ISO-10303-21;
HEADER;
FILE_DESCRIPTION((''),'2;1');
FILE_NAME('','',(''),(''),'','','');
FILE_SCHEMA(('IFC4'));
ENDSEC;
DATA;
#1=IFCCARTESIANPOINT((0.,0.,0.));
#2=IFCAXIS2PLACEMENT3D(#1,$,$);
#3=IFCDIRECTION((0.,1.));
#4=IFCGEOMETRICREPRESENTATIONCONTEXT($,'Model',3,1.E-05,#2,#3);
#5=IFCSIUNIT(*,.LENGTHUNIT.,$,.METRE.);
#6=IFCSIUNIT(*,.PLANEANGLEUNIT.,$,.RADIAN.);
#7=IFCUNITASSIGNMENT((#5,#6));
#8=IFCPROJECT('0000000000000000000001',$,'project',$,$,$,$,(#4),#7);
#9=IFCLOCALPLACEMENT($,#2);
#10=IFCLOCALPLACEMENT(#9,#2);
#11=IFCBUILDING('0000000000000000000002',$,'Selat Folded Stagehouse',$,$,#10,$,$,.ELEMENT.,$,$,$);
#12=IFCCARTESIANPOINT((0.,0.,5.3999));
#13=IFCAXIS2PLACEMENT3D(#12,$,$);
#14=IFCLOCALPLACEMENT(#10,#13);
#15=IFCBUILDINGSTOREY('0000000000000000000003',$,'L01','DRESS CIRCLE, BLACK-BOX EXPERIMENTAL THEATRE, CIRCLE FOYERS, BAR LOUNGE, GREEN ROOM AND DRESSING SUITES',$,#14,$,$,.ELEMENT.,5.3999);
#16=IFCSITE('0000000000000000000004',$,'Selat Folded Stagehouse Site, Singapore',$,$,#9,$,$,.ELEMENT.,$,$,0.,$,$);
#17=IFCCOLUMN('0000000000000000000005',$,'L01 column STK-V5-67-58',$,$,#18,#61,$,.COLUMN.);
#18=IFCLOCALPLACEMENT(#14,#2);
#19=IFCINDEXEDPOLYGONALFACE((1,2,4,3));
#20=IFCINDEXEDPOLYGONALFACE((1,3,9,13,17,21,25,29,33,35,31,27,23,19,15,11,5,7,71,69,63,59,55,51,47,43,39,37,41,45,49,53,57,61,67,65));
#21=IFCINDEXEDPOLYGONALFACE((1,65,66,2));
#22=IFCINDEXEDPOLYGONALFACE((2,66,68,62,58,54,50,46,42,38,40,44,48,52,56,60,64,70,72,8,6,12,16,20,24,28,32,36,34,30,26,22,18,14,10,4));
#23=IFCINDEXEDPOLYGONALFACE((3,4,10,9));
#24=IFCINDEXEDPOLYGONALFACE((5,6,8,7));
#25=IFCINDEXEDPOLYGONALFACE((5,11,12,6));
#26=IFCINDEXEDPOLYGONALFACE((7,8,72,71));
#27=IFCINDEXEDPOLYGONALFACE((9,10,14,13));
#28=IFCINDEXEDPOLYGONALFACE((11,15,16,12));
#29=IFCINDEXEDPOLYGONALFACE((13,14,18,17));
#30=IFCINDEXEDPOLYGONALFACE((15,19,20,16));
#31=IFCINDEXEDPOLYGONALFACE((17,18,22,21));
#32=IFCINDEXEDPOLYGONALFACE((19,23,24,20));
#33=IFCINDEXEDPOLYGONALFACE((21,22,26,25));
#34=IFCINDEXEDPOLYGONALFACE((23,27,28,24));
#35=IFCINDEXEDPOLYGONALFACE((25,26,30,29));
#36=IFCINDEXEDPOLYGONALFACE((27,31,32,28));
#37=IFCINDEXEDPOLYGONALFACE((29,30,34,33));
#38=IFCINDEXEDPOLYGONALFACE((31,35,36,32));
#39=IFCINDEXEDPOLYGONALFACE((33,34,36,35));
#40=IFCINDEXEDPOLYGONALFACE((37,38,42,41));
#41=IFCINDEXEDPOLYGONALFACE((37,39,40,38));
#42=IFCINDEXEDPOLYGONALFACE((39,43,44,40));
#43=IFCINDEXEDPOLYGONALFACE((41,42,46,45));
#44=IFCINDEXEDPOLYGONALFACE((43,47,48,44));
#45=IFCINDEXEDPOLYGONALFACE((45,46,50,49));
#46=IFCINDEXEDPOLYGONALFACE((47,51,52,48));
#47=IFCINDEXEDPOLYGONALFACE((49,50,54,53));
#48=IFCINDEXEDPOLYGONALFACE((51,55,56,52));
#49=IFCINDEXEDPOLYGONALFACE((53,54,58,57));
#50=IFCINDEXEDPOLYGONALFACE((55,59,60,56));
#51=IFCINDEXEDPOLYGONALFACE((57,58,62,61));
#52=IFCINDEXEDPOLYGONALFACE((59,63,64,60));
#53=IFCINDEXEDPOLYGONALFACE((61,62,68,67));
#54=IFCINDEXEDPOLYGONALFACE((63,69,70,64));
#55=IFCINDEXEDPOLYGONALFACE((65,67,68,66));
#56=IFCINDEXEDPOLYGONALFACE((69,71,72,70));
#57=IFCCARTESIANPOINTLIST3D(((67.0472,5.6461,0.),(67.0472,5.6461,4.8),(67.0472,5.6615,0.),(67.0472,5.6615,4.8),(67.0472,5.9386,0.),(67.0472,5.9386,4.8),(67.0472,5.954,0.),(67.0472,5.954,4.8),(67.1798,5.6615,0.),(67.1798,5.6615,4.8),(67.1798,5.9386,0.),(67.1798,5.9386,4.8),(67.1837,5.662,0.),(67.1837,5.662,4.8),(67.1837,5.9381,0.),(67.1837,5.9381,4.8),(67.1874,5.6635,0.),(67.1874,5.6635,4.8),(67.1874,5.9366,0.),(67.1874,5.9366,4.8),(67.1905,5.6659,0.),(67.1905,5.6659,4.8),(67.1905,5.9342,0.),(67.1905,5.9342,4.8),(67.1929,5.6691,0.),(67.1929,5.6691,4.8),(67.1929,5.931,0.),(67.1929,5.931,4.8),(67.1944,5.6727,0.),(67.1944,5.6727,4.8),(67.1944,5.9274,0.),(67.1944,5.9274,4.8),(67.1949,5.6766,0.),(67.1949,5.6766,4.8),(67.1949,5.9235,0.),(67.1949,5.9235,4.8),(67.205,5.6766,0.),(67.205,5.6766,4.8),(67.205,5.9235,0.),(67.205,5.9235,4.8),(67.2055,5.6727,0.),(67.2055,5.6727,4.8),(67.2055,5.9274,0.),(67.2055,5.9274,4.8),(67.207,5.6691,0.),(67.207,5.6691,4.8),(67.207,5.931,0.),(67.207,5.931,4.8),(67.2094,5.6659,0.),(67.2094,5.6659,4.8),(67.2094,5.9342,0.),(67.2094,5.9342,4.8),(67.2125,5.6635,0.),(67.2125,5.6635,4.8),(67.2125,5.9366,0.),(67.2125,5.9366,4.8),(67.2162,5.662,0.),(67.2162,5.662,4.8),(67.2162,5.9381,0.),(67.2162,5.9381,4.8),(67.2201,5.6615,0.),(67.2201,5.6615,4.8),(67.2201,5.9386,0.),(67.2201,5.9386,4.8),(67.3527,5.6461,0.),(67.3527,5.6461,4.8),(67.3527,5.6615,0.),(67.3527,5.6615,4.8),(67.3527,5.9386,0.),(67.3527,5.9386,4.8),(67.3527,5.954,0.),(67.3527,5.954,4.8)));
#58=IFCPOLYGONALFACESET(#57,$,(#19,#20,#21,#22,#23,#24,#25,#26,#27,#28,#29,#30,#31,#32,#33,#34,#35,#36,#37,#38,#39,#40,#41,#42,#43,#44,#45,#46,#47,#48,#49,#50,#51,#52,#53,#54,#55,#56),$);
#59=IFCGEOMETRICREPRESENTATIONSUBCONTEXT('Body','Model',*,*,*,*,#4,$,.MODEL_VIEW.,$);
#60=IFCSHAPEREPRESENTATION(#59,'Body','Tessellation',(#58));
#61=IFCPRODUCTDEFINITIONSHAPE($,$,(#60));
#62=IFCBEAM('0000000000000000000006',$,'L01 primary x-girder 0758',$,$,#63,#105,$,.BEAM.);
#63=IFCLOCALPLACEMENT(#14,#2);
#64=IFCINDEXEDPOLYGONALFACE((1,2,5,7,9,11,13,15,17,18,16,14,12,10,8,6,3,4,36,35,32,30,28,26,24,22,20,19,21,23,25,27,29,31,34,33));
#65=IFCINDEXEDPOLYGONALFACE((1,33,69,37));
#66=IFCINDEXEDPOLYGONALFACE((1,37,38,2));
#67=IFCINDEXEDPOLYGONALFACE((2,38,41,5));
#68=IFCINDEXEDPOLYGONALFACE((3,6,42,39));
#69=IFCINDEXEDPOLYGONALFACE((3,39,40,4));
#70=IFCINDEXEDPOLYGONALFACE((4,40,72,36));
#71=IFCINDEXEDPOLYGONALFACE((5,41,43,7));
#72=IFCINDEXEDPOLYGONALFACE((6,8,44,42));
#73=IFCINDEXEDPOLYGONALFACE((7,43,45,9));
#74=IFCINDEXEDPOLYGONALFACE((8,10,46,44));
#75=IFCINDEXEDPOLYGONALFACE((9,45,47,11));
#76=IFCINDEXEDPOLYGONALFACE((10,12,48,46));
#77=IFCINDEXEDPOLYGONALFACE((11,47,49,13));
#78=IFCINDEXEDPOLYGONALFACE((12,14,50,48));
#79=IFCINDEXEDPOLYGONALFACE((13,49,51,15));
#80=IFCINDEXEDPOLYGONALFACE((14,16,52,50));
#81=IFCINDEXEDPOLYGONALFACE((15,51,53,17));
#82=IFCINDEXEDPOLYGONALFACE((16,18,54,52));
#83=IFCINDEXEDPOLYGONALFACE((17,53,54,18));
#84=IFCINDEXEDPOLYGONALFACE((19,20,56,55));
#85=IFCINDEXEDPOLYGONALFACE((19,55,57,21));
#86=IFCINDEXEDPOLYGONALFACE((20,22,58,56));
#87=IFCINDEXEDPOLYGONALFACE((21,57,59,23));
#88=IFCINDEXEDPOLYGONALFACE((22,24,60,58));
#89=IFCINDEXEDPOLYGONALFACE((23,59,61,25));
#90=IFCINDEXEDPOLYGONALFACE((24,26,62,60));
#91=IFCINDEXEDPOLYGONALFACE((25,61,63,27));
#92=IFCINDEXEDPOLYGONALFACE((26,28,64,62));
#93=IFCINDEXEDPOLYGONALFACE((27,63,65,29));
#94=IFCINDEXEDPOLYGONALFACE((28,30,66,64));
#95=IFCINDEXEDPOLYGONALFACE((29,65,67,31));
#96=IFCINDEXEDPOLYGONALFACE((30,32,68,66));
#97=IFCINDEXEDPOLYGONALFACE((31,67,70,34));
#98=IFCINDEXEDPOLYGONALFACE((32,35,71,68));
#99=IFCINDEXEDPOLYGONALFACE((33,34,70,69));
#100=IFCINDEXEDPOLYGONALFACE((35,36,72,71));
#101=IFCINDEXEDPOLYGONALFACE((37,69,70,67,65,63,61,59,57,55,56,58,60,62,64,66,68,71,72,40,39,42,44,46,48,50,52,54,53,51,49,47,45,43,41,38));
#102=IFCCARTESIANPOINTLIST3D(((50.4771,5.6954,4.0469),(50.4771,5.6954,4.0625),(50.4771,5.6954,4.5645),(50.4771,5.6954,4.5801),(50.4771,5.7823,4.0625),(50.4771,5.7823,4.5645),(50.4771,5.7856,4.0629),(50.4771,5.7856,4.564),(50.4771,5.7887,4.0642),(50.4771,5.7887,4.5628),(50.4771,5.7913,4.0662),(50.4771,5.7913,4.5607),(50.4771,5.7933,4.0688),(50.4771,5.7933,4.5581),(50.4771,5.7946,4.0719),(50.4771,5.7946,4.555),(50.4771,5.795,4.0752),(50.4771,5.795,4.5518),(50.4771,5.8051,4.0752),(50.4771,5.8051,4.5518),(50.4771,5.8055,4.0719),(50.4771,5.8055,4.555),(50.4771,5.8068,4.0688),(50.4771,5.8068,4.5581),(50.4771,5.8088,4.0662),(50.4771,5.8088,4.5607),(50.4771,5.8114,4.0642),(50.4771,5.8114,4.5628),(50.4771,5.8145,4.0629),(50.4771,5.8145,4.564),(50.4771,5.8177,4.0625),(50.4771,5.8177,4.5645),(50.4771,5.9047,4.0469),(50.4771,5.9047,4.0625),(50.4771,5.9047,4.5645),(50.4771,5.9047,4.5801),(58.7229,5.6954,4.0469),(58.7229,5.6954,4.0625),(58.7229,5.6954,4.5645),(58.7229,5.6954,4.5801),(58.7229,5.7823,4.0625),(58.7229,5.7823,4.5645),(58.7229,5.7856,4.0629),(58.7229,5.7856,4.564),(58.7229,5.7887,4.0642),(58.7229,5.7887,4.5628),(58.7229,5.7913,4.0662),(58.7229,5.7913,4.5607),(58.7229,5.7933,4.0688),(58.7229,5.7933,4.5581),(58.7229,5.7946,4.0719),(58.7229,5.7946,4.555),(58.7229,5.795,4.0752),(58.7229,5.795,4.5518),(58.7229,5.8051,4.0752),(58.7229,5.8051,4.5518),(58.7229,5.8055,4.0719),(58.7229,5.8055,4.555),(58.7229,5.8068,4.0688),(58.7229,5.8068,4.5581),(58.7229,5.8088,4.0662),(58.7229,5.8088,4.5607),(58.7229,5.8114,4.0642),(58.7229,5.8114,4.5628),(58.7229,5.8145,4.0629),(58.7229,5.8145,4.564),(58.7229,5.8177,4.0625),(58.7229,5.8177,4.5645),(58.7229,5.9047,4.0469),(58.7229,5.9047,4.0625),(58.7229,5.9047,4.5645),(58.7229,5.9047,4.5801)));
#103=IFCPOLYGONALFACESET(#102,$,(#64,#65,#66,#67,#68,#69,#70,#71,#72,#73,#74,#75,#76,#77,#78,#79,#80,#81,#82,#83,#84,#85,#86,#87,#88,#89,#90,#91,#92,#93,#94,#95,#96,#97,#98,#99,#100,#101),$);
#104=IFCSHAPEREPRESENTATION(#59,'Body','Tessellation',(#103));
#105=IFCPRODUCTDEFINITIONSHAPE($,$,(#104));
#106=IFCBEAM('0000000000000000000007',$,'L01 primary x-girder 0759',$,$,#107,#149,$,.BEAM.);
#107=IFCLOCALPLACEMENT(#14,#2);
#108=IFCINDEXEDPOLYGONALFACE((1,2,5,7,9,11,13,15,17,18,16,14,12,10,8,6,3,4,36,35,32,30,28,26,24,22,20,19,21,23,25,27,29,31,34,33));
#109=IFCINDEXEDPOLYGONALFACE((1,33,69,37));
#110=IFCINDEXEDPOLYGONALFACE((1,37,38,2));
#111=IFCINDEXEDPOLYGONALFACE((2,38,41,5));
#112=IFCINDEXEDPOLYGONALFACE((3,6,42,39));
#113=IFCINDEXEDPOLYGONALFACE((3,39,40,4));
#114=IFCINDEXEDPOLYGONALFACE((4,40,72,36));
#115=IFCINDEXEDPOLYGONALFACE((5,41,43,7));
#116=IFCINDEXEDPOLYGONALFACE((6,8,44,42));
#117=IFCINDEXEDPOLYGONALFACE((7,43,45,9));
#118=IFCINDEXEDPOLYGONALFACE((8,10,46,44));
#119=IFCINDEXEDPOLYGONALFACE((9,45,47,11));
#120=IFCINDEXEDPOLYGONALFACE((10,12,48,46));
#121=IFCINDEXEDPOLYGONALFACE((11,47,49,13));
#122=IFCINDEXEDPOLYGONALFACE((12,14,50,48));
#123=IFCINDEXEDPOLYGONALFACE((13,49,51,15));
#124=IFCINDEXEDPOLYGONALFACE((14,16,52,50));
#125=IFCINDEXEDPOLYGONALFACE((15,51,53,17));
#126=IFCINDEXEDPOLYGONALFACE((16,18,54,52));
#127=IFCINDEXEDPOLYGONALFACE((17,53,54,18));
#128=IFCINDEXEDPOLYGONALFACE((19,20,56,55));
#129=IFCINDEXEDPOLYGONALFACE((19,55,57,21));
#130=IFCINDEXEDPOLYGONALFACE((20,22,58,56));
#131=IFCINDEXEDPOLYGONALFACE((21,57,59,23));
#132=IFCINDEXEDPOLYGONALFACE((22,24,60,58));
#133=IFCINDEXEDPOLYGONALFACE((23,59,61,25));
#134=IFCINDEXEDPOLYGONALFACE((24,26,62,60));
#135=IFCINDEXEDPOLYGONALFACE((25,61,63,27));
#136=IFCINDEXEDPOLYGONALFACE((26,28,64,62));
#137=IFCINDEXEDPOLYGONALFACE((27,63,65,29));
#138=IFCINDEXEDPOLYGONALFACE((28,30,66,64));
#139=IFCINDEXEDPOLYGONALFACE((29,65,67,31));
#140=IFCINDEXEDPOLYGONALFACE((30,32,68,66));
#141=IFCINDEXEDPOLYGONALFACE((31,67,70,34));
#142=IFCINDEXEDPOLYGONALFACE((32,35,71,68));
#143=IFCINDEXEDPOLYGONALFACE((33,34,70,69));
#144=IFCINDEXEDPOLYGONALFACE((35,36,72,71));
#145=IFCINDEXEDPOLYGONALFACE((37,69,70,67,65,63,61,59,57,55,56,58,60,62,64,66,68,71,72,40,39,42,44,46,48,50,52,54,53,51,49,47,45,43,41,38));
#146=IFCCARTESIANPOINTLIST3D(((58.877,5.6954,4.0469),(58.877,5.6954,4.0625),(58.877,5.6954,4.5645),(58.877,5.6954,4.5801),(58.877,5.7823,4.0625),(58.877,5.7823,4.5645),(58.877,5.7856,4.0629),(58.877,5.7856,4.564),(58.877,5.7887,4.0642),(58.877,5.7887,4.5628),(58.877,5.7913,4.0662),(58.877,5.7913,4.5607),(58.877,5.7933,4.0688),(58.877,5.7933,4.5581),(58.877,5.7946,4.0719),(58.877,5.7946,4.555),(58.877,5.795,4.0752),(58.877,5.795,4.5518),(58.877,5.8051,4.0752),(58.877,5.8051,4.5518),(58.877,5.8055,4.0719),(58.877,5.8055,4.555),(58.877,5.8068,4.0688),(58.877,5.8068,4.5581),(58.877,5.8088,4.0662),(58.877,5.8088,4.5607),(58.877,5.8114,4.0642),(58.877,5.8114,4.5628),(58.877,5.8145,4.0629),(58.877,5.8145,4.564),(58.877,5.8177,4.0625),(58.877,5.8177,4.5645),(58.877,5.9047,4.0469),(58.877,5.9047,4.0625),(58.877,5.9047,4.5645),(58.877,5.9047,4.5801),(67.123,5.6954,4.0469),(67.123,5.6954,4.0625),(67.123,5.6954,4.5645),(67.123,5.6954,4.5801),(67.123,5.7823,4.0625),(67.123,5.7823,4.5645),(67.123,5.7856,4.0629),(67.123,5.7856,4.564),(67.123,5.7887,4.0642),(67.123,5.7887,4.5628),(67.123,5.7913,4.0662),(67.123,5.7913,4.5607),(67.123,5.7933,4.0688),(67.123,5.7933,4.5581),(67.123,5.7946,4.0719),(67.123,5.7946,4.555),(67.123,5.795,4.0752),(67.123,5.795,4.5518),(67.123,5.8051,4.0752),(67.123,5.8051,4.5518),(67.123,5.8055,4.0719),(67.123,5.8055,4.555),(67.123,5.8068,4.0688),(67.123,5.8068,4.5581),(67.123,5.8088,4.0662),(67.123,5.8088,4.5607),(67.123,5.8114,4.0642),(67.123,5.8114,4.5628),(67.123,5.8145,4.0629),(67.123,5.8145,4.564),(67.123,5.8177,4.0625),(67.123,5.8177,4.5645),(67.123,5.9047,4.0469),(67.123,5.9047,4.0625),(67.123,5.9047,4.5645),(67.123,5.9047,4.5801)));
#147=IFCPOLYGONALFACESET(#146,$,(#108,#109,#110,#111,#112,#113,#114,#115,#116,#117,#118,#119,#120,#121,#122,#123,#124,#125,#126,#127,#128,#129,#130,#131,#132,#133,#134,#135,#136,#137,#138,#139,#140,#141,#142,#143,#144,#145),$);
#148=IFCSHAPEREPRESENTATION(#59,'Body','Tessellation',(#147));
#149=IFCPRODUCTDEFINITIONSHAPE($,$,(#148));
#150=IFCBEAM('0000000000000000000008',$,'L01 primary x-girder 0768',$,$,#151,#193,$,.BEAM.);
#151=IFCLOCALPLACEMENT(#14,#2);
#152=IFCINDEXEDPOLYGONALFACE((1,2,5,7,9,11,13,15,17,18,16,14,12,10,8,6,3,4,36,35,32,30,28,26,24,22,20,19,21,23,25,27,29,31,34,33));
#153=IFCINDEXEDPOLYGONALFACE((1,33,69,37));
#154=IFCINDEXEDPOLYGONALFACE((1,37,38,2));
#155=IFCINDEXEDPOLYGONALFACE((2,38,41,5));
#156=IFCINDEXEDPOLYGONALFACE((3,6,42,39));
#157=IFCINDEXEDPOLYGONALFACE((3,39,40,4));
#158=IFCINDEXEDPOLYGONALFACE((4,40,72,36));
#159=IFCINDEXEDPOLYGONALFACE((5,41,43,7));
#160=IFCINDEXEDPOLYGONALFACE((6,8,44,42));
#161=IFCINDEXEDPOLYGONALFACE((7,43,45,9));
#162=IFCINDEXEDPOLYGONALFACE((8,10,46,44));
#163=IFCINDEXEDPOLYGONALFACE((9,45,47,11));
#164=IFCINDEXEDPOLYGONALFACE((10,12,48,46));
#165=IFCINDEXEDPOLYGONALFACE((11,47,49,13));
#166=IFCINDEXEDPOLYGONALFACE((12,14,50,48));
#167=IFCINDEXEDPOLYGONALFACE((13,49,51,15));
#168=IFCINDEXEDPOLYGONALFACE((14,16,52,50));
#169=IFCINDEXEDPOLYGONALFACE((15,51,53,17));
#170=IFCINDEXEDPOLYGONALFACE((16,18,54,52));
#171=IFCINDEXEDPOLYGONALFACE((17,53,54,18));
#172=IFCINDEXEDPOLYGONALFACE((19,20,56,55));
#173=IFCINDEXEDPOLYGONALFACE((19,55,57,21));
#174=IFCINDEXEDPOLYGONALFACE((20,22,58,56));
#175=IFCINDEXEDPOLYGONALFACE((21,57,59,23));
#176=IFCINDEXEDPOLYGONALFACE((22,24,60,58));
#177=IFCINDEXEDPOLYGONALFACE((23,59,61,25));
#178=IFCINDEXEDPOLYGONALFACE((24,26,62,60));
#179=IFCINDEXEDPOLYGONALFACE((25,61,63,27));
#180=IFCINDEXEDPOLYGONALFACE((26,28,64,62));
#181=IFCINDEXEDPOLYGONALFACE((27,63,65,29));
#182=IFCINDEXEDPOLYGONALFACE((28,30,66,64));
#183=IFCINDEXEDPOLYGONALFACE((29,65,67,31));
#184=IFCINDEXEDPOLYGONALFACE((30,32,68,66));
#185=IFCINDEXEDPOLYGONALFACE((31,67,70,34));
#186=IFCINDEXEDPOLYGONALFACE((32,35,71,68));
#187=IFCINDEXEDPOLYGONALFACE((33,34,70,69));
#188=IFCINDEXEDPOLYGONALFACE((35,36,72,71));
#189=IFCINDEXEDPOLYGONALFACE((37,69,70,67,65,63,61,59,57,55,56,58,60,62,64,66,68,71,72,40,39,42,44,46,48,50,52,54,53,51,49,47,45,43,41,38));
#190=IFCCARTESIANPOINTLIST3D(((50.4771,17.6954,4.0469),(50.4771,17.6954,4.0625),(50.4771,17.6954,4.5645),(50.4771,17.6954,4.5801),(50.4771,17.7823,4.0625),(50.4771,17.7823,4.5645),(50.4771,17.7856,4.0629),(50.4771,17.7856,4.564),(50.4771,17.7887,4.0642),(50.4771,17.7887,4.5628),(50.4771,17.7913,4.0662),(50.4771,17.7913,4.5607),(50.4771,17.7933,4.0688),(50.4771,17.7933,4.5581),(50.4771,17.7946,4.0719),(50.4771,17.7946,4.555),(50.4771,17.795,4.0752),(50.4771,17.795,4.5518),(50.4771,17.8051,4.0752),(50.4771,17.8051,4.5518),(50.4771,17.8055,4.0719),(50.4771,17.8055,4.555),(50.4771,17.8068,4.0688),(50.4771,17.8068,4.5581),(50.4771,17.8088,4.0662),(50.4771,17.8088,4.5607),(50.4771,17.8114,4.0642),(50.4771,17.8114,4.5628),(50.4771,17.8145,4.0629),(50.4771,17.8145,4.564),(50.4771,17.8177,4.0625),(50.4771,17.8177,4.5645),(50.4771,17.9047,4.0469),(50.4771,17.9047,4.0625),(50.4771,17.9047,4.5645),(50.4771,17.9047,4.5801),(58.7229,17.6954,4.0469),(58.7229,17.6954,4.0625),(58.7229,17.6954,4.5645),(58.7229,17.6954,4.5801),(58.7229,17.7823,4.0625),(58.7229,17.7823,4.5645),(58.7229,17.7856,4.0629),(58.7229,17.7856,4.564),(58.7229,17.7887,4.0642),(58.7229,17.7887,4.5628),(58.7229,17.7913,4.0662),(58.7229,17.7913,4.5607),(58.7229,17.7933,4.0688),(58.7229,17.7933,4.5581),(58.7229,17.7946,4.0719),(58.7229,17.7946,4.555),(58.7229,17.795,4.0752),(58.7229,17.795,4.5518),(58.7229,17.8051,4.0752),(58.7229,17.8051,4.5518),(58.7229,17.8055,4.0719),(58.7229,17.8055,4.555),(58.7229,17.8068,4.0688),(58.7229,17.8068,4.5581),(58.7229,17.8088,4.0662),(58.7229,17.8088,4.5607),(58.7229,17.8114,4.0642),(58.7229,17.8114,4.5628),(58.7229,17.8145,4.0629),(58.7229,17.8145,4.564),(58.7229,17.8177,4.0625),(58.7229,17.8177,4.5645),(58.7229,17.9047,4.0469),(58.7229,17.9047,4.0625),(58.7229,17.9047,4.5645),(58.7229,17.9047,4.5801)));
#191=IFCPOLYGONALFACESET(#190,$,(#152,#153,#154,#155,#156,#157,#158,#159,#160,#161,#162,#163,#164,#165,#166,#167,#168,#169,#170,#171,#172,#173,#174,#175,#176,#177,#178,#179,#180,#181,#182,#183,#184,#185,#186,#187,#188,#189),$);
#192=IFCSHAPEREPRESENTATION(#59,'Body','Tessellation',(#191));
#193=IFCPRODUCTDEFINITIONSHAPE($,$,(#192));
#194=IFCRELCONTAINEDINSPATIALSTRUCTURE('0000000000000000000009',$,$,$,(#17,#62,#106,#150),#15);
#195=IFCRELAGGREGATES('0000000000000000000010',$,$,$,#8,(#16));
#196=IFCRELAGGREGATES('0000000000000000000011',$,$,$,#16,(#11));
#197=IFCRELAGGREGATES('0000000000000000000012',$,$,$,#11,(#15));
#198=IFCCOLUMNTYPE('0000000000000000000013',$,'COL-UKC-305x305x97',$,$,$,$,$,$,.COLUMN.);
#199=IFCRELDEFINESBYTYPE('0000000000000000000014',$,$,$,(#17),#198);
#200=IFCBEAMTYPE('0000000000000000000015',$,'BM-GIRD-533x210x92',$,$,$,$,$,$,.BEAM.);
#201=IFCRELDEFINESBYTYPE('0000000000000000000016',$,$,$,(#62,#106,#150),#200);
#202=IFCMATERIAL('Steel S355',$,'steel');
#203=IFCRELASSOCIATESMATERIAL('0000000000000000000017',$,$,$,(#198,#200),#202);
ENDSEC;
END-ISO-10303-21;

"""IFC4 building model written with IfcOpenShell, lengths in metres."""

from ifc_helpers import new_model, si_unit, direction, frame, origin, origin_2d, place, context, subcontext, project, spatial, i_section, extrude, material, material_profile, profile_set, type_object, element, save


model = new_model("IFC4")

# Units and contexts
model_context = context("Model", 3, precision=1e-05, world=origin(), true_north=direction((0.0, 1.0)))
body_context = subcontext(model_context, "Body", "Model", "MODEL_VIEW")
ifc_project = project(units=[si_unit("LENGTHUNIT", "METRE"), si_unit("PLANEANGLEUNIT", "RADIAN")], contexts=[model_context])

# Site, building, storey
site_placement = place(None, origin())
site = spatial("IfcSite", under=ifc_project, at=site_placement, Name="Selat Folded Stagehouse Site, Singapore", CompositionType="ELEMENT", RefElevation=0.0)
building_placement = place(site_placement, origin())
building = spatial("IfcBuilding", under=site, at=building_placement, Name="Selat Folded Stagehouse", CompositionType="ELEMENT")
storey_placement = place(building_placement, frame((0.0, 0.0, 5.3999)))
storey = spatial("IfcBuildingStorey", under=building, at=storey_placement, Name="L01", Description="DRESS CIRCLE, BLACK-BOX EXPERIMENTAL THEATRE, CIRCLE FOYERS, BAR LOUNGE, GREEN ROOM AND DRESSING SUITES", CompositionType="ELEMENT", Elevation=5.3999)

# Column
ifc_material_1 = material(Name="Steel S355", Category="steel")
ifc_material_profile_1 = material_profile(ifc_material_1, i_section(OverallWidth=0.3054, OverallDepth=0.3079, WebThickness=0.01, FlangeThickness=0.0154, FilletRadius=0.0151, at=origin_2d()), Name="UKC 305x305x97")
ifc_profile_set_1 = profile_set([ifc_material_profile_1], Name="Steel S355")
column_type_1 = type_object("IfcColumnType", Name="COL-UKC-305x305x97", PredefinedType="COLUMN", material=ifc_profile_set_1)
for number, where, z_axis, x_axis, name in (
    (1, (67.2, 5.8, 0.0), (0.0, 0.0, 1.0), (1.0, 0.0, 0.0), "L01 column STK-V5-67-58"),
):
    element("IfcColumn", number, at=place(storey_placement, frame(where, z_axis=z_axis, x_axis=x_axis)), inside=storey, type_object=column_type_1, Name=name, PredefinedType="COLUMN", context=body_context, shape_type="SweptSolid", body=[
        extrude(i_section(OverallWidth=0.3054, OverallDepth=0.3079, WebThickness=0.01, FlangeThickness=0.0154, FilletRadius=0.0151, at=origin_2d()), origin(), (0.0, 0.0, 1.0), 4.8),
    ])

# Beams
ifc_material_profile_2 = material_profile(ifc_material_1, i_section(OverallWidth=0.2092, OverallDepth=0.5332, WebThickness=0.01, FlangeThickness=0.0156, FilletRadius=0.0127, at=origin_2d()), Name="UKB 533x210x92")
ifc_profile_set_2 = profile_set([ifc_material_profile_2], Name="Steel S355")
beam_type = type_object("IfcBeamType", Name="BM-GIRD-533x210x92", PredefinedType="BEAM", material=ifc_profile_set_2)
beam_1_placement = place(storey_placement, frame((50.4771, 5.8, 4.3135), z_axis=(1.0, 0.0, 0.0), x_axis=(0.0, 1.0, 0.0)))
element("IfcBeam", 2, at=beam_1_placement, inside=storey, type_object=beam_type, Name="L01 primary x-girder 0758", PredefinedType="BEAM", context=body_context, shape_type="SweptSolid", body=[
    extrude(i_section(OverallWidth=0.2092, OverallDepth=0.5332, WebThickness=0.01, FlangeThickness=0.0156, FilletRadius=0.0127, at=origin_2d()), origin(), (0.0, 0.0, 1.0), 8.2458),
])
beam_2_placement = place(storey_placement, frame((58.877, 5.8, 4.3135), z_axis=(1.0, 0.0, 0.0), x_axis=(0.0, 1.0, 0.0)))
element("IfcBeam", 3, at=beam_2_placement, inside=storey, type_object=beam_type, Name="L01 primary x-girder 0759", PredefinedType="BEAM", context=body_context, shape_type="SweptSolid", body=[
    extrude(i_section(OverallWidth=0.2092, OverallDepth=0.5332, WebThickness=0.01, FlangeThickness=0.0156, FilletRadius=0.0127, at=origin_2d()), origin(), (0.0, 0.0, 1.0), 8.2461),
])
beam_3_placement = place(storey_placement, frame((50.4771, 17.8, 4.3135), z_axis=(1.0, 0.0, 0.0), x_axis=(0.0, 1.0, 0.0)))
element("IfcBeam", 4, at=beam_3_placement, inside=storey, type_object=beam_type, Name="L01 primary x-girder 0768", PredefinedType="BEAM", context=body_context, shape_type="SweptSolid", body=[
    extrude(i_section(OverallWidth=0.2092, OverallDepth=0.5332, WebThickness=0.01, FlangeThickness=0.0156, FilletRadius=0.0127, at=origin_2d()), origin(), (0.0, 0.0, 1.0), 8.2458),
])

save(model, "model.ifc")
